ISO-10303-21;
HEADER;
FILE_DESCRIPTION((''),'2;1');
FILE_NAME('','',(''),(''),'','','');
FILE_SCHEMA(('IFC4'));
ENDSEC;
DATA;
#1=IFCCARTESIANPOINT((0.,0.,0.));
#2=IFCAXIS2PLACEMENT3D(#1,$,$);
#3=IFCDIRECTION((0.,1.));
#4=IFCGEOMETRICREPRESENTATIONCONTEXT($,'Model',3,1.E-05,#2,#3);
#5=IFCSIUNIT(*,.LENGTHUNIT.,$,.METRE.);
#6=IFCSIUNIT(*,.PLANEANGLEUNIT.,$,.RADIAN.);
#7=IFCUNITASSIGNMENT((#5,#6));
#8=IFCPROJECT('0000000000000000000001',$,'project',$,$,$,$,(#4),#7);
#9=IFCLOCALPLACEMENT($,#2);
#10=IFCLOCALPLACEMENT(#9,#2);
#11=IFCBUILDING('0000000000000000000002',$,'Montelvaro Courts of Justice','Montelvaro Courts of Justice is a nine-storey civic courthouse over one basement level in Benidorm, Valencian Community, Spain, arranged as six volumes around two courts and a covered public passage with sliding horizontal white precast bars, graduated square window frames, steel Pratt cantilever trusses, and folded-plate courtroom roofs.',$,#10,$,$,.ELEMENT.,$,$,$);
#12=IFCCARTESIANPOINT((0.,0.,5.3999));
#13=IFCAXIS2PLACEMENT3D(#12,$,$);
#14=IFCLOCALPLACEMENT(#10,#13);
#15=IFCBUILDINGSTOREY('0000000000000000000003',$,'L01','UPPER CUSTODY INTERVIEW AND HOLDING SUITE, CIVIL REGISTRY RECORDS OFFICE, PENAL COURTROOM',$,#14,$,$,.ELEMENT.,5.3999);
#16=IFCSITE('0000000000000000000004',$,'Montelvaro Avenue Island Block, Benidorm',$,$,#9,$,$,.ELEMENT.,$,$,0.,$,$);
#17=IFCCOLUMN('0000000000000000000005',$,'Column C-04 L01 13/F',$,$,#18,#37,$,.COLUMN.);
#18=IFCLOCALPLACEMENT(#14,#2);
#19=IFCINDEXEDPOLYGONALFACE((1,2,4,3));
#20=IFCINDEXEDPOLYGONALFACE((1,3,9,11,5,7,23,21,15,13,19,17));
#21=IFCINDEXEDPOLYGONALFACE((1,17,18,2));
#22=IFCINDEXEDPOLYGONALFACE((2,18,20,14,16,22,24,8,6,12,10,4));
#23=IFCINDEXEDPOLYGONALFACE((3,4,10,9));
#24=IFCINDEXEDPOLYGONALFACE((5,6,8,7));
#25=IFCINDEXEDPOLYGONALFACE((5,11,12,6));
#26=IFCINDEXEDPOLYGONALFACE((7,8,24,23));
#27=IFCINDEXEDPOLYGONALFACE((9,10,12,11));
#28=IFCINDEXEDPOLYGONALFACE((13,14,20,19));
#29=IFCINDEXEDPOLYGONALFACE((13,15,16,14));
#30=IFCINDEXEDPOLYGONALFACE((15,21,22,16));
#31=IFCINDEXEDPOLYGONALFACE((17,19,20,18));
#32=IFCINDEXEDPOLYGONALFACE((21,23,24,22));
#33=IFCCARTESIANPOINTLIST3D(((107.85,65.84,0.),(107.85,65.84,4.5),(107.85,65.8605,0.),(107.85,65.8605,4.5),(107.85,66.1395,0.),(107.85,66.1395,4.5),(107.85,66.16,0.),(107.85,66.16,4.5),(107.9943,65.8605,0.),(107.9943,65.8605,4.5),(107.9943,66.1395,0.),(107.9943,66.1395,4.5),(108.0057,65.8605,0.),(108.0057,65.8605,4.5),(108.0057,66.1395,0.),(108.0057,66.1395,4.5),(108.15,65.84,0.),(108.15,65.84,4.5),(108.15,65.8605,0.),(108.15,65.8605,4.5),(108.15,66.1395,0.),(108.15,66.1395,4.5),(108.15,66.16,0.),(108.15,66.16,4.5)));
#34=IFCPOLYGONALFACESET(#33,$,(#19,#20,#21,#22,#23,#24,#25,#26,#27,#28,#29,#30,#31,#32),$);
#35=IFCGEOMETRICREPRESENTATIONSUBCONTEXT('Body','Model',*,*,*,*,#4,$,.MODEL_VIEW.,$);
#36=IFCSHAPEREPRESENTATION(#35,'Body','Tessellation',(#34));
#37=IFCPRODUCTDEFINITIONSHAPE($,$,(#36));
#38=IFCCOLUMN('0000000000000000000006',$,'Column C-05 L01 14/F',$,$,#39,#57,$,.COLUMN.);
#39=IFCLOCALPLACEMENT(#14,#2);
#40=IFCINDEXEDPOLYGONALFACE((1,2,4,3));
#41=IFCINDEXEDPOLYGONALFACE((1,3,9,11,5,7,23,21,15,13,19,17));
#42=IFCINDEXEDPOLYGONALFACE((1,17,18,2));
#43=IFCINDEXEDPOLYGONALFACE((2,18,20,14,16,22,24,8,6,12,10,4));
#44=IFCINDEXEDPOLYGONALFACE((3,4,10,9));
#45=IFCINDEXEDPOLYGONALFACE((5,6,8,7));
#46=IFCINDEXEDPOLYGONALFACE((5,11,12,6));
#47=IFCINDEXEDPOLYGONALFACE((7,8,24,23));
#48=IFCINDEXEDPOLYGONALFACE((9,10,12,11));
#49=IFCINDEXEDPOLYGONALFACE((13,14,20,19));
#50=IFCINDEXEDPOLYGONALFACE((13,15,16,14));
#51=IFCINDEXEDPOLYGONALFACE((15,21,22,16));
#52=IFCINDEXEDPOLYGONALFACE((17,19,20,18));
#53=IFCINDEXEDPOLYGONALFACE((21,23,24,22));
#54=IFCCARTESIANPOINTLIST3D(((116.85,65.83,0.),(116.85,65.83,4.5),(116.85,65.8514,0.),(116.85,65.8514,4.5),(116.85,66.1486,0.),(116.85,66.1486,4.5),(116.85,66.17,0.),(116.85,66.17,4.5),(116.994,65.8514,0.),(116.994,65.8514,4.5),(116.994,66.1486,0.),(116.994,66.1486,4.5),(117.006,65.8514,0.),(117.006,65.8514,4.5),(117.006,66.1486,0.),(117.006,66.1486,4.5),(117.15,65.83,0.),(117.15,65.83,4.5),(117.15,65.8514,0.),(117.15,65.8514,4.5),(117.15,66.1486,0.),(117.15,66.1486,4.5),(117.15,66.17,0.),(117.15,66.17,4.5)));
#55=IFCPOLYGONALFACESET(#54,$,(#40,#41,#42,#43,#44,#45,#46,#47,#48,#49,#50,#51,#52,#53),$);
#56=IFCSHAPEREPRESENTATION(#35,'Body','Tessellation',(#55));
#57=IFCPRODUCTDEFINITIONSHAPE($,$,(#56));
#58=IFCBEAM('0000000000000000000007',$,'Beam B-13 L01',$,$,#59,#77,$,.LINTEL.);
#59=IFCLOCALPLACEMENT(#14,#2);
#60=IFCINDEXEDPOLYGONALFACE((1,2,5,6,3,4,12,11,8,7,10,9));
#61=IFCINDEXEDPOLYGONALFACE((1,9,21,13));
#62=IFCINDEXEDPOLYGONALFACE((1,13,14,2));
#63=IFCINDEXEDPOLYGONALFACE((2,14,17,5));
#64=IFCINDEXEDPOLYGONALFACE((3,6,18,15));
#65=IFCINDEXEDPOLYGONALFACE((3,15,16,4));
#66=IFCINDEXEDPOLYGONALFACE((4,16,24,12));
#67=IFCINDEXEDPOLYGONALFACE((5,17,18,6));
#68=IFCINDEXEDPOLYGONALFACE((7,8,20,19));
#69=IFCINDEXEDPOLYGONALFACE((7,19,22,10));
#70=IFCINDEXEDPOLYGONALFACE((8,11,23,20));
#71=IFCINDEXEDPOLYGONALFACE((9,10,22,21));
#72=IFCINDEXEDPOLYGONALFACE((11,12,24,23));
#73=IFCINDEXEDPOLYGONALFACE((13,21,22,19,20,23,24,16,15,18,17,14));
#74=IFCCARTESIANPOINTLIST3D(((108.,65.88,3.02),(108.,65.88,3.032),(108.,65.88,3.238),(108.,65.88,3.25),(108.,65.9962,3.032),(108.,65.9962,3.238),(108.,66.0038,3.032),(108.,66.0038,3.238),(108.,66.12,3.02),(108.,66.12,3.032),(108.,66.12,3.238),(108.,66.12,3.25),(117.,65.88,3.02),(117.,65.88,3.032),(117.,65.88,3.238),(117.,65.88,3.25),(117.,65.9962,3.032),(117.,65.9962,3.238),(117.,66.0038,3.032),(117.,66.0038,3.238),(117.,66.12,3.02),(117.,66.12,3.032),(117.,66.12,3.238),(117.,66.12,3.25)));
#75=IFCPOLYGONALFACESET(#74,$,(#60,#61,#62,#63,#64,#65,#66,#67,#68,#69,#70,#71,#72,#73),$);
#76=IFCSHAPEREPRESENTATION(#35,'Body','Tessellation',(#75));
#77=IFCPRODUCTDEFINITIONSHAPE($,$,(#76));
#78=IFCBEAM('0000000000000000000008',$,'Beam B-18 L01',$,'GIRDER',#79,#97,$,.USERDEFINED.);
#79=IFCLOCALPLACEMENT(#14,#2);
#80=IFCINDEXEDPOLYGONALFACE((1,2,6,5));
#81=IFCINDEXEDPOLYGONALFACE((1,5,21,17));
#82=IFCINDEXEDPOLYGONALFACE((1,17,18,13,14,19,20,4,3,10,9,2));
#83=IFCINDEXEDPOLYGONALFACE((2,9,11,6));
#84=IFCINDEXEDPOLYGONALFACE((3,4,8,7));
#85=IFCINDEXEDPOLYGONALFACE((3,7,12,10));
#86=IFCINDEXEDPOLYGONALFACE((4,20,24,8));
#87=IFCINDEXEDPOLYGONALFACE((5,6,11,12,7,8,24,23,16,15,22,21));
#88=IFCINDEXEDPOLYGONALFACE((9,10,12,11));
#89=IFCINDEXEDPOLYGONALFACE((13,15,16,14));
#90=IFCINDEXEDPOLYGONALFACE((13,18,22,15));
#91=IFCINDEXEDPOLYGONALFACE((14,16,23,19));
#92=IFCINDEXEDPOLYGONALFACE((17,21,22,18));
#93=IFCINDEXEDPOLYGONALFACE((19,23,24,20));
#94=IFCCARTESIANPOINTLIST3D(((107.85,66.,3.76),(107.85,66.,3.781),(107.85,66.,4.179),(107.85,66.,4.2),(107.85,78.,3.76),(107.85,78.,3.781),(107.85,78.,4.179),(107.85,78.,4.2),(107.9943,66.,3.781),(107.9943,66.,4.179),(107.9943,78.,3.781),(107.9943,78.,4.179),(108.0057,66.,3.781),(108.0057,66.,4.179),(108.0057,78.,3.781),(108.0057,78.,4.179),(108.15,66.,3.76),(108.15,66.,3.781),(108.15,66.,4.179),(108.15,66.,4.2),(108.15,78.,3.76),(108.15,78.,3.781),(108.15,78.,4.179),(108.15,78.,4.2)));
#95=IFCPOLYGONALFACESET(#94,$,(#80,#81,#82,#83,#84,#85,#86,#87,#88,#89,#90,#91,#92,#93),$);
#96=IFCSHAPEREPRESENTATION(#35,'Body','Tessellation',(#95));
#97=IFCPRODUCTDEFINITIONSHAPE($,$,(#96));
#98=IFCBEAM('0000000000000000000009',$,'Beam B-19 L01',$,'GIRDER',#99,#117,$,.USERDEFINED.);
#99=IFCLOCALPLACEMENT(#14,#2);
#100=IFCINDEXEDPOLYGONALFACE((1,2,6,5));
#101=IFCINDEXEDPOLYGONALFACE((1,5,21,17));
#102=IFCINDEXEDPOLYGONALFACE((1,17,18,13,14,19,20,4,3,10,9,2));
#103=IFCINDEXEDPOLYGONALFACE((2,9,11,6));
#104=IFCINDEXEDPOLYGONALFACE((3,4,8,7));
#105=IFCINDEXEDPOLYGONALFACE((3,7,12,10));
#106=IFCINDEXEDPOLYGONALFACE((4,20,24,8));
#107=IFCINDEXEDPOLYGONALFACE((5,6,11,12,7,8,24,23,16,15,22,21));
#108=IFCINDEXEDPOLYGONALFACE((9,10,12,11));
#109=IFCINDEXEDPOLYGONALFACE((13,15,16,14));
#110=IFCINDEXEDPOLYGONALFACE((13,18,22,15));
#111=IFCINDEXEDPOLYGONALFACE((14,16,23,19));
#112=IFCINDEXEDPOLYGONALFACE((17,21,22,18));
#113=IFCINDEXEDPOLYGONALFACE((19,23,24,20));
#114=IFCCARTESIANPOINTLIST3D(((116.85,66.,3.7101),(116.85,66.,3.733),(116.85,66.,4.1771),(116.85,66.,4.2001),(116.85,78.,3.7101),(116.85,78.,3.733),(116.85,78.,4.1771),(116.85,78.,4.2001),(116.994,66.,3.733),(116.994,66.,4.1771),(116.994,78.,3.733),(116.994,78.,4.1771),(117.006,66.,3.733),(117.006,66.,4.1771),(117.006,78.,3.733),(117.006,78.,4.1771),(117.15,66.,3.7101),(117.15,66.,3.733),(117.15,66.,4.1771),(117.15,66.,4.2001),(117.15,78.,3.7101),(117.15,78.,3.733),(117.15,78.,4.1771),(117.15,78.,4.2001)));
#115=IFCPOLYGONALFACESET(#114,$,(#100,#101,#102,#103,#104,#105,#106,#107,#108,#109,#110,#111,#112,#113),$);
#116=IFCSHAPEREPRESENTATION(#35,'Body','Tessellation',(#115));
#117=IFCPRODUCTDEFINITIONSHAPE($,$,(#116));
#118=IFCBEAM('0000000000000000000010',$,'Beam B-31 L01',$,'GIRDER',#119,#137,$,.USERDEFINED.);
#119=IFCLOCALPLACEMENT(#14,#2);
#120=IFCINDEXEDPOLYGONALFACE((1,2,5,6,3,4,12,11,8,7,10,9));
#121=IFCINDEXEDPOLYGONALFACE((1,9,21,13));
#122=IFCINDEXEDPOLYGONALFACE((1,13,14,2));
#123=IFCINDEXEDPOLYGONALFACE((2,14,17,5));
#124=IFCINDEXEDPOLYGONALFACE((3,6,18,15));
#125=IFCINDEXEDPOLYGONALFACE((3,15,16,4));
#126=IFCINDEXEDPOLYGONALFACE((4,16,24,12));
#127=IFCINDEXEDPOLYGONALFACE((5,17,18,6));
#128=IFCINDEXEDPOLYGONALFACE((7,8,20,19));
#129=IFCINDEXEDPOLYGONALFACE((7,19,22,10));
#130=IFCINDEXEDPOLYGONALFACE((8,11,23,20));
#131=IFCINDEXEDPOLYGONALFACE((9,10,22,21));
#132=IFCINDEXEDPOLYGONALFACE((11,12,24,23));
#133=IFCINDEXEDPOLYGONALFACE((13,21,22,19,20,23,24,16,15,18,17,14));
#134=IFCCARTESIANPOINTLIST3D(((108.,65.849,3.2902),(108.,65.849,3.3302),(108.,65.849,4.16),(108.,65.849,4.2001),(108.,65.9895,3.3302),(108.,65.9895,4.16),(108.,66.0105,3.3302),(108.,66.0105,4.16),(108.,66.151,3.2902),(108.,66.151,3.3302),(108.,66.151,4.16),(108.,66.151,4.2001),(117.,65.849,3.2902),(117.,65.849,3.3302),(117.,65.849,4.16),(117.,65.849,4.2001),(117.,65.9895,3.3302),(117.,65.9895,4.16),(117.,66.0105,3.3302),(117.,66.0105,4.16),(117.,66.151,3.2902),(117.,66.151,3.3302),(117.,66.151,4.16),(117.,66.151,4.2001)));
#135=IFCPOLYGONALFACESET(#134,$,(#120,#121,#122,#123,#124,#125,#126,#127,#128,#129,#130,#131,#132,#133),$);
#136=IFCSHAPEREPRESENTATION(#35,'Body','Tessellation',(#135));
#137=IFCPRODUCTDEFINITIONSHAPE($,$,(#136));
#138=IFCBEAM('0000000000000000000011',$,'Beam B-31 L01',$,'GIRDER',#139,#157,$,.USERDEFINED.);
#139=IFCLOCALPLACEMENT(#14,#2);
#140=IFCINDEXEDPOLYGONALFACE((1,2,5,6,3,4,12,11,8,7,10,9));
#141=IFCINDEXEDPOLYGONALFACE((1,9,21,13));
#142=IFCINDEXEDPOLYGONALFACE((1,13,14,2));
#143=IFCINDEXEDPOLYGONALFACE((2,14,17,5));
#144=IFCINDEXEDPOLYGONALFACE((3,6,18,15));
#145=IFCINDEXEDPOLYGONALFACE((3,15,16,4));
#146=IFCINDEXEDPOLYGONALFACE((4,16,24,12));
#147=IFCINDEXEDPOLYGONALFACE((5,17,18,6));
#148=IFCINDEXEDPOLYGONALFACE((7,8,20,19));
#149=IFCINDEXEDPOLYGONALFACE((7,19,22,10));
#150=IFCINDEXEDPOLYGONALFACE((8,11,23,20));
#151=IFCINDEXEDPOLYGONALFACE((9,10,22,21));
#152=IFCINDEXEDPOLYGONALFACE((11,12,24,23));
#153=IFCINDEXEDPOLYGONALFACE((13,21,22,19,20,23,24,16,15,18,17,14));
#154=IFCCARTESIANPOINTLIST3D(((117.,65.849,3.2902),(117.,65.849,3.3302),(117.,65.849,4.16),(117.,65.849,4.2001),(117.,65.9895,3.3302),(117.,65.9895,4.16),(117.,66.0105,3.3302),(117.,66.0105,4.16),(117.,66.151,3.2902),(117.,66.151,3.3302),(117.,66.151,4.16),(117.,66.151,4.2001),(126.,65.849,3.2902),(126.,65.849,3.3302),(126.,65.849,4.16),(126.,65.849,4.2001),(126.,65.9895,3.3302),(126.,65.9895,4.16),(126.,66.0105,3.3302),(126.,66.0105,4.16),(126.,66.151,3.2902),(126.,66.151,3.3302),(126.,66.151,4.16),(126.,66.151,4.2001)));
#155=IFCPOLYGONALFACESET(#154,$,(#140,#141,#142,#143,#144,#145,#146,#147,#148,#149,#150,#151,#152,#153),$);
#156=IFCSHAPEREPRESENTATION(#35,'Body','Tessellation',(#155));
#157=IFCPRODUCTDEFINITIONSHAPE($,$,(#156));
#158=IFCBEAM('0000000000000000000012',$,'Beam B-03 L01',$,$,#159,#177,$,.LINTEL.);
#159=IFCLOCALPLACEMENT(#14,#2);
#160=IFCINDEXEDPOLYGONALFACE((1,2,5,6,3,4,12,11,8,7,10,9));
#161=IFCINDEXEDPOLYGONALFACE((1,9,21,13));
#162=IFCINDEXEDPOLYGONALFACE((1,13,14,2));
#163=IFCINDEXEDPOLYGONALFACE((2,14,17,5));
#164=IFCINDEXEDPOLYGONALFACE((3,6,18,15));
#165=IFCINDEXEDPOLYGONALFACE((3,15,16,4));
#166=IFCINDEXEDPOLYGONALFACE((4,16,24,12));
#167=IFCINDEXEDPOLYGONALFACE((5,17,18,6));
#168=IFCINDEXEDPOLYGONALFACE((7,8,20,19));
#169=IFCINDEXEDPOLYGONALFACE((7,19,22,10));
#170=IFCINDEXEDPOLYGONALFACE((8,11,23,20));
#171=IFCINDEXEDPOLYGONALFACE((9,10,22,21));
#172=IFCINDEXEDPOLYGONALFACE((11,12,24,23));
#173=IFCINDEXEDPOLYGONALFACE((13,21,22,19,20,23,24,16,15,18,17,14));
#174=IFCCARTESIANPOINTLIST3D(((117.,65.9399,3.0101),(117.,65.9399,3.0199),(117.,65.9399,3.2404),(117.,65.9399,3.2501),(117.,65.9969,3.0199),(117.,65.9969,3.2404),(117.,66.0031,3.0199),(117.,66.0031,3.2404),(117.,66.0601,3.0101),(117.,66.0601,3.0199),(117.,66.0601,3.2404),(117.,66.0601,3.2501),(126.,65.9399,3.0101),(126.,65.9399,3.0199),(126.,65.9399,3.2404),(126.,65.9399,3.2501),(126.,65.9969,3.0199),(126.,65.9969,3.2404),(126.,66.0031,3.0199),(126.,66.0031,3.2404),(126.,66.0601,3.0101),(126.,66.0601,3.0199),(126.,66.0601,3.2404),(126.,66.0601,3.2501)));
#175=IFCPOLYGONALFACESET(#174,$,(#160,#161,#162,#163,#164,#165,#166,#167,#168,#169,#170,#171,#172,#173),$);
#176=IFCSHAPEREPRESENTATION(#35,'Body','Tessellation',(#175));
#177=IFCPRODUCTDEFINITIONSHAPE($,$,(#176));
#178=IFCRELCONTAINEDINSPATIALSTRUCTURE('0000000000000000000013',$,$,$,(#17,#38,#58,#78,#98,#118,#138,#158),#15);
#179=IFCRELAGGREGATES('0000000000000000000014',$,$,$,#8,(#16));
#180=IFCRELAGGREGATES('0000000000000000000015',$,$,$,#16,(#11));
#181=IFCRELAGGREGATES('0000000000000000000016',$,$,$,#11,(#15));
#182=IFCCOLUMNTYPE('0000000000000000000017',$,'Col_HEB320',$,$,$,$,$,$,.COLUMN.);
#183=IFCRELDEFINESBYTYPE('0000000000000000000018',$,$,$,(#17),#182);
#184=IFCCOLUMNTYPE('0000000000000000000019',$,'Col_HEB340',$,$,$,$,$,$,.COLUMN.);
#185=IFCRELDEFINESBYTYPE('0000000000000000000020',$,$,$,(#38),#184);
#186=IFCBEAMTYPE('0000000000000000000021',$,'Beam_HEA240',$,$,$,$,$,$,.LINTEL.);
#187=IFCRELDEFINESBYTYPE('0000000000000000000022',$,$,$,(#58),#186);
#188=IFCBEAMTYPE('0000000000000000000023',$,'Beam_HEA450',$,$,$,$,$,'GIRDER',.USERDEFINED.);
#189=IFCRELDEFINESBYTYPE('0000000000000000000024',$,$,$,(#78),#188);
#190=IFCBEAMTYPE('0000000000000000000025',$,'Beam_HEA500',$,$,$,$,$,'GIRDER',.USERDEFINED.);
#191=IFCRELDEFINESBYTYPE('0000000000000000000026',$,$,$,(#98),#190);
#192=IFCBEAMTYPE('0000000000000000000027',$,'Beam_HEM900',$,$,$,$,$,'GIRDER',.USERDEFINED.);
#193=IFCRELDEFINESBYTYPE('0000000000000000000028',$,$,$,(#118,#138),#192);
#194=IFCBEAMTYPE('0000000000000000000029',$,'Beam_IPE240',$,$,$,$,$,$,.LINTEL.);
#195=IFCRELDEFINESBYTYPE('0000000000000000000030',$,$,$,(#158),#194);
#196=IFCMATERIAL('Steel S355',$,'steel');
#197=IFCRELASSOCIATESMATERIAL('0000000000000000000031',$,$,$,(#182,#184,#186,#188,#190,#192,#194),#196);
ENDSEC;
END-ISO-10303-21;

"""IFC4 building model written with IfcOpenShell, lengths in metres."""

from ifc_helpers import new_model, si_unit, direction, frame, origin, origin_2d, place, context, subcontext, project, spatial, i_section, extrude, material, material_profile, profile_set, type_object, element, save


model = new_model("IFC4")

# Units and contexts
model_context = context("Model", 3, precision=1e-05, world=origin(), true_north=direction((0.0, 1.0)))
body_context = subcontext(model_context, "Body", "Model", "MODEL_VIEW")
ifc_project = project(units=[si_unit("LENGTHUNIT", "METRE"), si_unit("PLANEANGLEUNIT", "RADIAN")], contexts=[model_context])

# Site, building, storey
site_placement = place(None, origin())
site = spatial("IfcSite", under=ifc_project, at=site_placement, Name="Montelvaro Avenue Island Block, Benidorm", CompositionType="ELEMENT", RefElevation=0.0)
building_placement = place(site_placement, origin())
building = spatial("IfcBuilding", under=site, at=building_placement, Name="Montelvaro Courts of Justice", Description="Montelvaro Courts of Justice is a nine-storey civic courthouse over one basement level in Benidorm, Valencian Community, Spain, arranged as six volumes around two courts and a covered public passage with sliding horizontal white precast bars, graduated square window frames, steel Pratt cantilever trusses, and folded-plate courtroom roofs.", CompositionType="ELEMENT")
storey_placement = place(building_placement, frame((0.0, 0.0, 5.3999)))
storey = spatial("IfcBuildingStorey", under=building, at=storey_placement, Name="L01", Description="UPPER CUSTODY INTERVIEW AND HOLDING SUITE, CIVIL REGISTRY RECORDS OFFICE, PENAL COURTROOM", CompositionType="ELEMENT", Elevation=5.3999)

# Columns
ifc_material_1 = material(Name="Steel S355", Category="steel")
ifc_material_profile_1 = material_profile(ifc_material_1, i_section(OverallWidth=0.3, OverallDepth=0.3201, WebThickness=0.0115, FlangeThickness=0.0205, at=origin_2d()), Name="HEB 320")
ifc_profile_set_1 = profile_set([ifc_material_profile_1], Name="Steel S355")
column_type_1 = type_object("IfcColumnType", Name="Col_HEB320", PredefinedType="COLUMN", material=ifc_profile_set_1)
column_1_placement = place(storey_placement, frame((108.0, 66.0, 0.0), z_axis=(0.0, 0.0, 1.0), x_axis=(1.0, 0.0, 0.0)))
element("IfcColumn", 1, at=column_1_placement, inside=storey, type_object=column_type_1, Name="Column C-04 L01 13/F", PredefinedType="COLUMN", context=body_context, shape_type="SweptSolid", body=[
    extrude(i_section(OverallWidth=0.3, OverallDepth=0.3201, WebThickness=0.0115, FlangeThickness=0.0205, at=origin_2d()), origin(), (0.0, 0.0, 1.0), 4.5),
])
ifc_material_profile_2 = material_profile(ifc_material_1, i_section(OverallWidth=0.3, OverallDepth=0.3401, WebThickness=0.012, FlangeThickness=0.0215, at=origin_2d()), Name="HEB 340")
ifc_profile_set_2 = profile_set([ifc_material_profile_2], Name="Steel S355")
column_type_2 = type_object("IfcColumnType", Name="Col_HEB340", PredefinedType="COLUMN", material=ifc_profile_set_2)
column_2_placement = place(storey_placement, frame((117.0, 66.0, 0.0), z_axis=(0.0, 0.0, 1.0), x_axis=(1.0, 0.0, 0.0)))
element("IfcColumn", 2, at=column_2_placement, inside=storey, type_object=column_type_2, Name="Column C-05 L01 14/F", PredefinedType="COLUMN", context=body_context, shape_type="SweptSolid", body=[
    extrude(i_section(OverallWidth=0.3, OverallDepth=0.3401, WebThickness=0.012, FlangeThickness=0.0215, at=origin_2d()), origin(), (0.0, 0.0, 1.0), 4.5),
])

# Beams
ifc_material_profile_3 = material_profile(ifc_material_1, i_section(OverallWidth=0.24, OverallDepth=0.23, WebThickness=0.0076, FlangeThickness=0.012, at=origin_2d()), Name="HEA 240")
ifc_profile_set_3 = profile_set([ifc_material_profile_3], Name="Steel S355")
beam_type_1 = type_object("IfcBeamType", Name="Beam_HEA240", PredefinedType="LINTEL", material=ifc_profile_set_3)
beam_1_placement = place(storey_placement, frame((108.0, 66.0, 3.135), z_axis=(1.0, 0.0, 0.0), x_axis=(0.0, 1.0, 0.0)))
element("IfcBeam", 3, at=beam_1_placement, inside=storey, type_object=beam_type_1, Name="Beam B-13 L01", PredefinedType="LINTEL", context=body_context, shape_type="SweptSolid", body=[
    extrude(i_section(OverallWidth=0.24, OverallDepth=0.23, WebThickness=0.0076, FlangeThickness=0.012, at=origin_2d()), origin(), (0.0, 0.0, 1.0), 9.0),
])
ifc_material_profile_4 = material_profile(ifc_material_1, i_section(OverallWidth=0.3, OverallDepth=0.4399, WebThickness=0.0115, FlangeThickness=0.021, at=origin_2d()), Name="HEA 450")
ifc_profile_set_4 = profile_set([ifc_material_profile_4], Name="Steel S355")
beam_type_2 = type_object("IfcBeamType", Name="Beam_HEA450", ElementType="GIRDER", PredefinedType="USERDEFINED", material=ifc_profile_set_4)
beam_2_placement = place(storey_placement, frame((108.0, 66.0, 3.98), z_axis=(0.0, 1.0, 0.0), x_axis=(-1.0, 0.0, 0.0)))
element("IfcBeam", 4, at=beam_2_placement, inside=storey, type_object=beam_type_2, Name="Beam B-18 L01", ObjectType="GIRDER", PredefinedType="USERDEFINED", context=body_context, shape_type="SweptSolid", body=[
    extrude(i_section(OverallWidth=0.3, OverallDepth=0.4399, WebThickness=0.0115, FlangeThickness=0.021, at=origin_2d()), origin(), (0.0, 0.0, 1.0), 12.0),
])
ifc_material_profile_5 = material_profile(ifc_material_1, i_section(OverallWidth=0.3, OverallDepth=0.49, WebThickness=0.012, FlangeThickness=0.0229, at=origin_2d()), Name="HEA 500")
ifc_profile_set_5 = profile_set([ifc_material_profile_5], Name="Steel S355")
beam_type_3 = type_object("IfcBeamType", Name="Beam_HEA500", ElementType="GIRDER", PredefinedType="USERDEFINED", material=ifc_profile_set_5)
beam_3_placement = place(storey_placement, frame((117.0, 66.0, 3.9551), z_axis=(0.0, 1.0, 0.0), x_axis=(-1.0, 0.0, 0.0)))
element("IfcBeam", 5, at=beam_3_placement, inside=storey, type_object=beam_type_3, Name="Beam B-19 L01", ObjectType="GIRDER", PredefinedType="USERDEFINED", context=body_context, shape_type="SweptSolid", body=[
    extrude(i_section(OverallWidth=0.3, OverallDepth=0.49, WebThickness=0.012, FlangeThickness=0.0229, at=origin_2d()), origin(), (0.0, 0.0, 1.0), 12.0),
])
ifc_material_profile_6 = material_profile(ifc_material_1, i_section(OverallWidth=0.302, OverallDepth=0.9099, WebThickness=0.021, FlangeThickness=0.04, at=origin_2d()), Name="HEM 900")
ifc_profile_set_6 = profile_set([ifc_material_profile_6], Name="Steel S355")
beam_type_4 = type_object("IfcBeamType", Name="Beam_HEM900", ElementType="GIRDER", PredefinedType="USERDEFINED", material=ifc_profile_set_6)
for number, where, z_axis, x_axis, name in (
    (6, (108.0, 66.0, 3.7451), (1.0, 0.0, 0.0), (0.0, 1.0, 0.0), "Beam B-31 L01"),
    (7, (117.0, 66.0, 3.7451), (1.0, 0.0, 0.0), (0.0, 1.0, 0.0), "Beam B-31 L01"),
):
    element("IfcBeam", number, at=place(storey_placement, frame(where, z_axis=z_axis, x_axis=x_axis)), inside=storey, type_object=beam_type_4, Name=name, ObjectType="GIRDER", PredefinedType="USERDEFINED", context=body_context, shape_type="SweptSolid", body=[
        extrude(i_section(OverallWidth=0.302, OverallDepth=0.9099, WebThickness=0.021, FlangeThickness=0.04, at=origin_2d()), origin(), (0.0, 0.0, 1.0), 9.0),
    ])
ifc_material_profile_7 = material_profile(ifc_material_1, i_section(OverallWidth=0.1201, OverallDepth=0.24, WebThickness=0.0061, FlangeThickness=0.0098, at=origin_2d()), Name="IPE 240")
ifc_profile_set_7 = profile_set([ifc_material_profile_7], Name="Steel S355")
beam_type_5 = type_object("IfcBeamType", Name="Beam_IPE240", PredefinedType="LINTEL", material=ifc_profile_set_7)
beam_4_placement = place(storey_placement, frame((117.0, 66.0, 3.1301), z_axis=(1.0, 0.0, 0.0), x_axis=(0.0, 1.0, 0.0)))
element("IfcBeam", 8, at=beam_4_placement, inside=storey, type_object=beam_type_5, Name="Beam B-03 L01", PredefinedType="LINTEL", context=body_context, shape_type="SweptSolid", body=[
    extrude(i_section(OverallWidth=0.1201, OverallDepth=0.24, WebThickness=0.0061, FlangeThickness=0.0098, at=origin_2d()), origin(), (0.0, 0.0, 1.0), 9.0),
])

save(model, "model.ifc")
